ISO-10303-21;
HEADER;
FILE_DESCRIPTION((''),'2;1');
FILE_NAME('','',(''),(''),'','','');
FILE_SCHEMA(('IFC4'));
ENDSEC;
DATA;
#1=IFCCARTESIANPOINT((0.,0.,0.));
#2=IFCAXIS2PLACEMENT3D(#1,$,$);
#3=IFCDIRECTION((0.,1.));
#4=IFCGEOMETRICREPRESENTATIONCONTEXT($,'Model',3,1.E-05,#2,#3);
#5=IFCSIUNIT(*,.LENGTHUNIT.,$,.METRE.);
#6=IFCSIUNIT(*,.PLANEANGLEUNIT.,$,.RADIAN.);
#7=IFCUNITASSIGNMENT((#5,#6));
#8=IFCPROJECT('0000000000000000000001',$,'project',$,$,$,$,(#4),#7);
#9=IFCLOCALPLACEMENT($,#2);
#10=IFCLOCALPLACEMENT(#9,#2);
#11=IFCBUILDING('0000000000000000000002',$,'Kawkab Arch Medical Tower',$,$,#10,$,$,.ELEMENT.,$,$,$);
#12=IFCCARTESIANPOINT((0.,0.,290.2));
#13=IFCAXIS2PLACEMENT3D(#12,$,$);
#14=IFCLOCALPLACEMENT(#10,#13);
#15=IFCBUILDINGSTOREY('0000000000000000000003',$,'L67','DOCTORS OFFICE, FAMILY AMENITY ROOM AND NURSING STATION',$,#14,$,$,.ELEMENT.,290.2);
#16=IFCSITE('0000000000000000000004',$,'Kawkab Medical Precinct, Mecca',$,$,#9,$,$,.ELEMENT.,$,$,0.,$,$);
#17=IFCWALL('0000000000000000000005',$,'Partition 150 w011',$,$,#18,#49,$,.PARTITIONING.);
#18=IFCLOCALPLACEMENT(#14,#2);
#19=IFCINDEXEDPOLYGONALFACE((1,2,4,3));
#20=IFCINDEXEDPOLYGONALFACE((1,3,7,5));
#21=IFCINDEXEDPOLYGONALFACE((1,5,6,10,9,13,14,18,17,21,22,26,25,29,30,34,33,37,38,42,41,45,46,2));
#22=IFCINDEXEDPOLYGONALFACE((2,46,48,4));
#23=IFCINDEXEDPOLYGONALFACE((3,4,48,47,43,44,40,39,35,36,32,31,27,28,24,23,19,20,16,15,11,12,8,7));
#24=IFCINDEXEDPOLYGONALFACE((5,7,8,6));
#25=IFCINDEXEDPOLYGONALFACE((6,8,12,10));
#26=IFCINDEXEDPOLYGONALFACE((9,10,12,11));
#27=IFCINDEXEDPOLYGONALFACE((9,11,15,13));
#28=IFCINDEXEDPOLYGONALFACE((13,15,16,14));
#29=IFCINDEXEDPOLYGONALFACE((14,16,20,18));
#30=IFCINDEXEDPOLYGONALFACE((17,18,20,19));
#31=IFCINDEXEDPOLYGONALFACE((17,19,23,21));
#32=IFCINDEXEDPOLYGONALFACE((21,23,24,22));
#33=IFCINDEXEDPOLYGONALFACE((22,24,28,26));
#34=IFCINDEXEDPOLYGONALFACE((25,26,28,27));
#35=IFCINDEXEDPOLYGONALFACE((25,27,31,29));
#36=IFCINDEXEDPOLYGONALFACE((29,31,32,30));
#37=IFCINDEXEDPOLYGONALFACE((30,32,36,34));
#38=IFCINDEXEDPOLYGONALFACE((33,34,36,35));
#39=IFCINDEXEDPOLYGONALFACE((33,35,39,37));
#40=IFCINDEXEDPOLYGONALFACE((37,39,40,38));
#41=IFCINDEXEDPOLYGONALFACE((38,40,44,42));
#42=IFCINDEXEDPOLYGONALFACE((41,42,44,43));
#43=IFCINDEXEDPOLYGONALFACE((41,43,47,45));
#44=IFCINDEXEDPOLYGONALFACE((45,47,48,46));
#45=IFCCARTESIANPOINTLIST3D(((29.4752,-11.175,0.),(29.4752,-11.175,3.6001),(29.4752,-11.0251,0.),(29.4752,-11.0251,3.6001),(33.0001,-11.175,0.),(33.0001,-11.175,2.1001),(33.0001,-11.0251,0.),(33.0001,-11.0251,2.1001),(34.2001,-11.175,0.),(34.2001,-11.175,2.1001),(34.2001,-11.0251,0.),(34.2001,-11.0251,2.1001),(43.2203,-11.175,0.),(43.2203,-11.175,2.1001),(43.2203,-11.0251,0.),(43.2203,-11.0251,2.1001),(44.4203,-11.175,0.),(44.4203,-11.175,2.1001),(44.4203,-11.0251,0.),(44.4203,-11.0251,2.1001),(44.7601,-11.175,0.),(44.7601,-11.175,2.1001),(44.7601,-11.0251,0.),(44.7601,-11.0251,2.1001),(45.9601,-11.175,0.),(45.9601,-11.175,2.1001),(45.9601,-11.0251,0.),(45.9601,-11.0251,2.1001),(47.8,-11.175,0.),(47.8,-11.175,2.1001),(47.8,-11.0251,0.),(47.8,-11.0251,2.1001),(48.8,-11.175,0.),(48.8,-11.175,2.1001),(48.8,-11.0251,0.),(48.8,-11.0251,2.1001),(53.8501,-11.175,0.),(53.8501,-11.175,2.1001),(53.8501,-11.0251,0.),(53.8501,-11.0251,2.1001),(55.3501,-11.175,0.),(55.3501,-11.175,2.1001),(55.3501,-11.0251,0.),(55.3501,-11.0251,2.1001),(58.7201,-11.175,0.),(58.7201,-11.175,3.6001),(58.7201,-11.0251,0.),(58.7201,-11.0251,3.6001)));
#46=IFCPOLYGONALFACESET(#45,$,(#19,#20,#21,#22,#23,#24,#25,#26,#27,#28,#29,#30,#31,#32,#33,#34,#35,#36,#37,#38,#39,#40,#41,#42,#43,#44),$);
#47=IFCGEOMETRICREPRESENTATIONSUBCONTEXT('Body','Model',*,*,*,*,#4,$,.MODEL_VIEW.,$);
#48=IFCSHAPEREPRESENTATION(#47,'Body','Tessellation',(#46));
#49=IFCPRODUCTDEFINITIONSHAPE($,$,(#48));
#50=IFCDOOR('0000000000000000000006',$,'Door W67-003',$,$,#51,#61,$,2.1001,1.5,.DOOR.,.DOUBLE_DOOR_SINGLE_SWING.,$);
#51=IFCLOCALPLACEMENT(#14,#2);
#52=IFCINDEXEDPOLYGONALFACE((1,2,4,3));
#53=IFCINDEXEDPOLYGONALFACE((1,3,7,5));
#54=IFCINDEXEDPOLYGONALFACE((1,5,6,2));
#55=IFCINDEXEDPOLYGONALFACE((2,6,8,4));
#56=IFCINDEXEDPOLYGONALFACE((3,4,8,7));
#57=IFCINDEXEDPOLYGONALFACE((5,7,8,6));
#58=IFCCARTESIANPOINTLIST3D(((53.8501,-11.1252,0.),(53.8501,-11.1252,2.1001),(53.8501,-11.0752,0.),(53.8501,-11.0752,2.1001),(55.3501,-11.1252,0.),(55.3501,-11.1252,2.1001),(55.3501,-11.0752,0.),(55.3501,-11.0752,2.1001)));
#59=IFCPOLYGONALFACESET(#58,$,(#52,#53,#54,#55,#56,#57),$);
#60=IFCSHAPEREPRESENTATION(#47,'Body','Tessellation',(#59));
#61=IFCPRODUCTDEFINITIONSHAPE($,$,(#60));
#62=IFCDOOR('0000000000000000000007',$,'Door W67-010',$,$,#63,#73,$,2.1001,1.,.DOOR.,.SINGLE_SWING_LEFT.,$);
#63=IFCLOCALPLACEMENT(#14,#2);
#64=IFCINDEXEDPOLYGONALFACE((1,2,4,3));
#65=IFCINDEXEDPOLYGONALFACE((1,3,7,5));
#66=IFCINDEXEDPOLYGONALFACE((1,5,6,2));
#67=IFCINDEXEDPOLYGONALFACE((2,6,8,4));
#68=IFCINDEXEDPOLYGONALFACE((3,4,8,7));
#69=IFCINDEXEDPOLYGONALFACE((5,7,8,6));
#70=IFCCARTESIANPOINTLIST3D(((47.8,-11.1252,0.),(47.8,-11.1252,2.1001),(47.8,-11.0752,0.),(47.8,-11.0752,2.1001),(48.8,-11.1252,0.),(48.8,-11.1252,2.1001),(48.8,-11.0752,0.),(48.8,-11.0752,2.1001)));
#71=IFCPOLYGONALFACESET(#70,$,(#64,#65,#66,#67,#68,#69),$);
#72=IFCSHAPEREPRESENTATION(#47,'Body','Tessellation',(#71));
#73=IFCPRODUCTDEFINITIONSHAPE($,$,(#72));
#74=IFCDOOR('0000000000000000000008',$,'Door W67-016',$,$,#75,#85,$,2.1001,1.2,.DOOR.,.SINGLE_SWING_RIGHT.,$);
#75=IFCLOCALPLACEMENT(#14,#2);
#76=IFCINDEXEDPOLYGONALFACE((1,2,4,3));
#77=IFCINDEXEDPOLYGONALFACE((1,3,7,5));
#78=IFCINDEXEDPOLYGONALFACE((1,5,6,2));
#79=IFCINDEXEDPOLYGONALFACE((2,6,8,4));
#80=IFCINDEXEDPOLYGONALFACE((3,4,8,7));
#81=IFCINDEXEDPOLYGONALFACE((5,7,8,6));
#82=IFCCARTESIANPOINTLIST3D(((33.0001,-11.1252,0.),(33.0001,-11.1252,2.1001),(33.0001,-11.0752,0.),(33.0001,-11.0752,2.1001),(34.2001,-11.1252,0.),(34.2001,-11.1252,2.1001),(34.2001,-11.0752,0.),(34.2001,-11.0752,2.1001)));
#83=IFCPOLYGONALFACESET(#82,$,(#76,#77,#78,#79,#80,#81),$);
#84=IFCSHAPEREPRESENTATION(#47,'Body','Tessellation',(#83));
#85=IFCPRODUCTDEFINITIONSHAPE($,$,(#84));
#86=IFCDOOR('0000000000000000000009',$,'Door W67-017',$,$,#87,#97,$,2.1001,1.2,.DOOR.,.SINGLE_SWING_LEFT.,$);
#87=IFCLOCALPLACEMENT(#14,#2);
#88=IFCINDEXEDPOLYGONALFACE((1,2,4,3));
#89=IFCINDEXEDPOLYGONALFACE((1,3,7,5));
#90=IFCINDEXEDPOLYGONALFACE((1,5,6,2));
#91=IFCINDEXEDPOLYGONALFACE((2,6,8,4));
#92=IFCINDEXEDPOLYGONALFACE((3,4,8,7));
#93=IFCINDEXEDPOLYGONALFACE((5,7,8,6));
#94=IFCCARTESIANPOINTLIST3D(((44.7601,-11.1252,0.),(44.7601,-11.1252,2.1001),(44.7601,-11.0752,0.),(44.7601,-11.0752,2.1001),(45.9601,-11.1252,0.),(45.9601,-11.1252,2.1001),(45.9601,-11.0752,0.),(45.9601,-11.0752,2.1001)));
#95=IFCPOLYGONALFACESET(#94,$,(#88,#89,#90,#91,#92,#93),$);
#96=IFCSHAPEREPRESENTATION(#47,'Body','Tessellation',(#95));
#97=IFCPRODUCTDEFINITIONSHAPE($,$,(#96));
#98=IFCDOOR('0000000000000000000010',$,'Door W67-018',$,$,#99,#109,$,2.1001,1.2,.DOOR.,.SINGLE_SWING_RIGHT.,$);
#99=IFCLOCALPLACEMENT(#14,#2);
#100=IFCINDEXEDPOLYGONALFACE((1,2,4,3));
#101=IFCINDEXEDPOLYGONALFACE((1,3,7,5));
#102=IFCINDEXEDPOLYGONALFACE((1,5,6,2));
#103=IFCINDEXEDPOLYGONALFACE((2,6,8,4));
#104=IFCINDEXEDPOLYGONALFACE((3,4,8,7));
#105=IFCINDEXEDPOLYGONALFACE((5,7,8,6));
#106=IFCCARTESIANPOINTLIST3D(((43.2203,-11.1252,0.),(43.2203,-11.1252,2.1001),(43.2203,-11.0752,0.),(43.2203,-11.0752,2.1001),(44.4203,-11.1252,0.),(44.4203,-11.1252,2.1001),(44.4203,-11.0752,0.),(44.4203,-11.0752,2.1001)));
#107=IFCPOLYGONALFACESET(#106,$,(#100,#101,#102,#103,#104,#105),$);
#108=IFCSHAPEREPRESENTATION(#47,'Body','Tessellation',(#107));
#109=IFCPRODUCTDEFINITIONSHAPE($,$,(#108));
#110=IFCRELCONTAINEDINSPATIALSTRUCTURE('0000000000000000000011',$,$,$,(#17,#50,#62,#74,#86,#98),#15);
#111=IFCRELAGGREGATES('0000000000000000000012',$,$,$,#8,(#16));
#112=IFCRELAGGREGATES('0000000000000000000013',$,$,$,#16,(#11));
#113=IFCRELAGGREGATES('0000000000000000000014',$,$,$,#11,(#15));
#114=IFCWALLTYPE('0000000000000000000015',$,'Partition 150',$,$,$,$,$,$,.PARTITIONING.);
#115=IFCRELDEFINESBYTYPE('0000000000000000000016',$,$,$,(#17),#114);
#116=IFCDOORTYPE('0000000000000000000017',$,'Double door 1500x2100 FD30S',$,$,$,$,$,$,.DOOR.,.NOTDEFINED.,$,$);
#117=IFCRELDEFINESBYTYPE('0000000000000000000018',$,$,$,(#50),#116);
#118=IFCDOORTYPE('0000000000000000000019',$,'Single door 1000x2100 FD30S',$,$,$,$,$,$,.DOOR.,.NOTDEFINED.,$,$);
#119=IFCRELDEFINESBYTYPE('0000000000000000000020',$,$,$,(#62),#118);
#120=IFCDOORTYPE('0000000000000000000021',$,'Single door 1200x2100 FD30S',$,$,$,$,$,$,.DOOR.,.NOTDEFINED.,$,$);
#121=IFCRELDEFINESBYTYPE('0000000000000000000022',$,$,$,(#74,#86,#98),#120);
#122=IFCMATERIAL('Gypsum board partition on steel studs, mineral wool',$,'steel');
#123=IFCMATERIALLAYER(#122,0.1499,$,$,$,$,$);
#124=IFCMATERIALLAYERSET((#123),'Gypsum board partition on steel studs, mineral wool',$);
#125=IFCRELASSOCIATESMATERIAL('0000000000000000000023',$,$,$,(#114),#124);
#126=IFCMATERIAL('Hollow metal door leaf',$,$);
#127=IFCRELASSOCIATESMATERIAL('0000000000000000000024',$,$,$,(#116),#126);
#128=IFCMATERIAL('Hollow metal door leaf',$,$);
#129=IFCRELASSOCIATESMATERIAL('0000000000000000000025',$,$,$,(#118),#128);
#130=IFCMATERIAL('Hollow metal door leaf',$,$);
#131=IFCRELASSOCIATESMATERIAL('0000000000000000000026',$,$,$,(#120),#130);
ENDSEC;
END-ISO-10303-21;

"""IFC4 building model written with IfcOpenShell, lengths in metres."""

from ifc_helpers import new_model, si_unit, direction, frame, frame_2d, origin, place, context, subcontext, project, spatial, rectangle, extrude, material, layer, layer_set, type_object, element, fill, save


model = new_model("IFC4")

# Units and contexts
model_context = context("Model", 3, precision=1e-05, world=origin(), true_north=direction((0.0, 1.0)))
body_context = subcontext(model_context, "Body", "Model", "MODEL_VIEW")
ifc_project = project(units=[si_unit("LENGTHUNIT", "METRE"), si_unit("PLANEANGLEUNIT", "RADIAN")], contexts=[model_context])

# Site, building, storey
site_placement = place(None, origin())
site = spatial("IfcSite", under=ifc_project, at=site_placement, Name="Kawkab Medical Precinct, Mecca", CompositionType="ELEMENT", RefElevation=0.0)
building_placement = place(site_placement, origin())
building = spatial("IfcBuilding", under=site, at=building_placement, Name="Kawkab Arch Medical Tower", CompositionType="ELEMENT")
storey_placement = place(building_placement, frame((0.0, 0.0, 290.2)))
storey = spatial("IfcBuildingStorey", under=building, at=storey_placement, Name="L67", Description="DOCTORS OFFICE, FAMILY AMENITY ROOM AND NURSING STATION", CompositionType="ELEMENT", Elevation=290.2)

# Shared definitions
ifc_material_1 = material(Name="Gypsum board partition on steel studs, mineral wool", Category="steel")
ifc_layer_1 = layer(ifc_material_1, 0.1499)
ifc_layer_set_1 = layer_set([ifc_layer_1], Name="Gypsum board partition on steel studs, mineral wool")
wall_type_1 = type_object("IfcWallType", Name="Partition 150", PredefinedType="PARTITIONING", material=ifc_layer_set_1)
ifc_material_2 = material(Name="Hollow metal door leaf")
door_type_1 = type_object("IfcDoorType", Name="Double door 1500x2100 FD30S", OperationType="NOTDEFINED", PredefinedType="DOOR", material=ifc_material_2)

# Wall, openings, doors
wall_1_placement = place(storey_placement, frame((29.4751, -11.1001, 0.0), z_axis=(0.0, 0.0, 1.0), x_axis=(1.0, 0.0, 0.0)))
wall_1 = element("IfcWall", 1, at=wall_1_placement, inside=storey, type_object=wall_type_1, Name="Partition 150 w011", PredefinedType="PARTITIONING", context=body_context, shape_type="SweptSolid", body=[
    extrude(rectangle(XDim=29.2449, YDim=0.1499, at=frame_2d((14.6226, 0.0))), origin(), (0.0, 0.0, 1.0), 3.6001),
])
opening_1_placement = place(wall_1_placement, frame((3.5249, 0.0, 0.0)))
opening_1 = element("IfcOpeningElement", 2, at=opening_1_placement, cuts=wall_1, PredefinedType="OPENING", context=body_context, shape_type="SweptSolid", body=[
    extrude(rectangle(XDim=1.2, YDim=2.1001, at=frame_2d((0.6001, 1.05))), frame((0.0, 0.085, 0.0), z_axis=(0.0, -1.0, 0.0), x_axis=(1.0, 0.0, 0.0)), (0.0, 0.0, 1.0), 0.1699),
])
opening_2_placement = place(wall_1_placement, frame((15.2849, 0.0, 0.0)))
opening_2 = element("IfcOpeningElement", 3, at=opening_2_placement, cuts=wall_1, PredefinedType="OPENING", context=body_context, shape_type="SweptSolid", body=[
    extrude(rectangle(XDim=1.2, YDim=2.1001, at=frame_2d((0.6001, 1.05))), frame((0.0, 0.085, 0.0), z_axis=(0.0, -1.0, 0.0), x_axis=(1.0, 0.0, 0.0)), (0.0, 0.0, 1.0), 0.1699),
])
opening_3_placement = place(wall_1_placement, frame((13.7451, 0.0, 0.0)))
opening_3 = element("IfcOpeningElement", 4, at=opening_3_placement, cuts=wall_1, PredefinedType="OPENING", context=body_context, shape_type="SweptSolid", body=[
    extrude(rectangle(XDim=1.2, YDim=2.1001, at=frame_2d((0.6001, 1.05))), frame((0.0, 0.085, 0.0), z_axis=(0.0, -1.0, 0.0), x_axis=(1.0, 0.0, 0.0)), (0.0, 0.0, 1.0), 0.1699),
])
opening_4_placement = place(wall_1_placement, frame((18.325, 0.0, 0.0)))
opening_4 = element("IfcOpeningElement", 5, at=opening_4_placement, cuts=wall_1, PredefinedType="OPENING", context=body_context, shape_type="SweptSolid", body=[
    extrude(rectangle(XDim=1.0, YDim=2.1001, at=frame_2d((0.5, 1.05))), frame((0.0, 0.085, 0.0), z_axis=(0.0, -1.0, 0.0), x_axis=(1.0, 0.0, 0.0)), (0.0, 0.0, 1.0), 0.1699),
])
opening_5_placement = place(wall_1_placement, frame((24.375, 0.0, 0.0)))
opening_5 = element("IfcOpeningElement", 6, at=opening_5_placement, cuts=wall_1, PredefinedType="OPENING", context=body_context, shape_type="SweptSolid", body=[
    extrude(rectangle(XDim=1.5, YDim=2.1001, at=frame_2d((0.75, 1.05))), frame((0.0, 0.085, 0.0), z_axis=(0.0, -1.0, 0.0), x_axis=(1.0, 0.0, 0.0)), (0.0, 0.0, 1.0), 0.1699),
])
door_1_placement = place(opening_5_placement, origin())
door_1 = element("IfcDoor", 7, at=door_1_placement, inside=storey, type_object=door_type_1, Name="Door W67-003", OperationType="DOUBLE_DOOR_SINGLE_SWING", OverallHeight=2.1001, OverallWidth=1.5, PredefinedType="DOOR", context=body_context, shape_type="SweptSolid", body=[
    extrude(rectangle(XDim=1.5, YDim=2.1001, at=frame_2d((0.75, 1.05))), frame((0.0, 0.0249, 0.0), z_axis=(0.0, -1.0, 0.0), x_axis=(1.0, 0.0, 0.0)), (0.0, 0.0, 1.0), 0.05),
])
fill(opening_5, door_1)
ifc_material_3 = material(Name="Hollow metal door leaf")
door_type_2 = type_object("IfcDoorType", Name="Single door 1000x2100 FD30S", OperationType="NOTDEFINED", PredefinedType="DOOR", material=ifc_material_3)
door_2_placement = place(opening_4_placement, origin())
door_2 = element("IfcDoor", 8, at=door_2_placement, inside=storey, type_object=door_type_2, Name="Door W67-010", OperationType="SINGLE_SWING_LEFT", OverallHeight=2.1001, OverallWidth=1.0, PredefinedType="DOOR", context=body_context, shape_type="SweptSolid", body=[
    extrude(rectangle(XDim=1.0, YDim=2.1001, at=frame_2d((0.5, 1.05))), frame((0.0, 0.0249, 0.0), z_axis=(0.0, -1.0, 0.0), x_axis=(1.0, 0.0, 0.0)), (0.0, 0.0, 1.0), 0.05),
])
fill(opening_4, door_2)
ifc_material_4 = material(Name="Hollow metal door leaf")
door_type_3 = type_object("IfcDoorType", Name="Single door 1200x2100 FD30S", OperationType="NOTDEFINED", PredefinedType="DOOR", material=ifc_material_4)
door_3_placement = place(opening_1_placement, origin())
door_3 = element("IfcDoor", 9, at=door_3_placement, inside=storey, type_object=door_type_3, Name="Door W67-016", OperationType="SINGLE_SWING_RIGHT", OverallHeight=2.1001, OverallWidth=1.2, PredefinedType="DOOR", context=body_context, shape_type="SweptSolid", body=[
    extrude(rectangle(XDim=1.2, YDim=2.1001, at=frame_2d((0.6001, 1.05))), frame((0.0, 0.0249, 0.0), z_axis=(0.0, -1.0, 0.0), x_axis=(1.0, 0.0, 0.0)), (0.0, 0.0, 1.0), 0.05),
])
fill(opening_1, door_3)
door_4_placement = place(opening_2_placement, origin())
door_4 = element("IfcDoor", 10, at=door_4_placement, inside=storey, type_object=door_type_3, Name="Door W67-017", OperationType="SINGLE_SWING_LEFT", OverallHeight=2.1001, OverallWidth=1.2, PredefinedType="DOOR", context=body_context, shape_type="SweptSolid", body=[
    extrude(rectangle(XDim=1.2, YDim=2.1001, at=frame_2d((0.6001, 1.05))), frame((0.0, 0.0249, 0.0), z_axis=(0.0, -1.0, 0.0), x_axis=(1.0, 0.0, 0.0)), (0.0, 0.0, 1.0), 0.05),
])
fill(opening_2, door_4)
door_5_placement = place(opening_3_placement, origin())
door_5 = element("IfcDoor", 11, at=door_5_placement, inside=storey, type_object=door_type_3, Name="Door W67-018", OperationType="SINGLE_SWING_RIGHT", OverallHeight=2.1001, OverallWidth=1.2, PredefinedType="DOOR", context=body_context, shape_type="SweptSolid", body=[
    extrude(rectangle(XDim=1.2, YDim=2.1001, at=frame_2d((0.6001, 1.05))), frame((0.0, 0.0249, 0.0), z_axis=(0.0, -1.0, 0.0), x_axis=(1.0, 0.0, 0.0)), (0.0, 0.0, 1.0), 0.05),
])
fill(opening_3, door_5)

save(model, "model.ifc")
